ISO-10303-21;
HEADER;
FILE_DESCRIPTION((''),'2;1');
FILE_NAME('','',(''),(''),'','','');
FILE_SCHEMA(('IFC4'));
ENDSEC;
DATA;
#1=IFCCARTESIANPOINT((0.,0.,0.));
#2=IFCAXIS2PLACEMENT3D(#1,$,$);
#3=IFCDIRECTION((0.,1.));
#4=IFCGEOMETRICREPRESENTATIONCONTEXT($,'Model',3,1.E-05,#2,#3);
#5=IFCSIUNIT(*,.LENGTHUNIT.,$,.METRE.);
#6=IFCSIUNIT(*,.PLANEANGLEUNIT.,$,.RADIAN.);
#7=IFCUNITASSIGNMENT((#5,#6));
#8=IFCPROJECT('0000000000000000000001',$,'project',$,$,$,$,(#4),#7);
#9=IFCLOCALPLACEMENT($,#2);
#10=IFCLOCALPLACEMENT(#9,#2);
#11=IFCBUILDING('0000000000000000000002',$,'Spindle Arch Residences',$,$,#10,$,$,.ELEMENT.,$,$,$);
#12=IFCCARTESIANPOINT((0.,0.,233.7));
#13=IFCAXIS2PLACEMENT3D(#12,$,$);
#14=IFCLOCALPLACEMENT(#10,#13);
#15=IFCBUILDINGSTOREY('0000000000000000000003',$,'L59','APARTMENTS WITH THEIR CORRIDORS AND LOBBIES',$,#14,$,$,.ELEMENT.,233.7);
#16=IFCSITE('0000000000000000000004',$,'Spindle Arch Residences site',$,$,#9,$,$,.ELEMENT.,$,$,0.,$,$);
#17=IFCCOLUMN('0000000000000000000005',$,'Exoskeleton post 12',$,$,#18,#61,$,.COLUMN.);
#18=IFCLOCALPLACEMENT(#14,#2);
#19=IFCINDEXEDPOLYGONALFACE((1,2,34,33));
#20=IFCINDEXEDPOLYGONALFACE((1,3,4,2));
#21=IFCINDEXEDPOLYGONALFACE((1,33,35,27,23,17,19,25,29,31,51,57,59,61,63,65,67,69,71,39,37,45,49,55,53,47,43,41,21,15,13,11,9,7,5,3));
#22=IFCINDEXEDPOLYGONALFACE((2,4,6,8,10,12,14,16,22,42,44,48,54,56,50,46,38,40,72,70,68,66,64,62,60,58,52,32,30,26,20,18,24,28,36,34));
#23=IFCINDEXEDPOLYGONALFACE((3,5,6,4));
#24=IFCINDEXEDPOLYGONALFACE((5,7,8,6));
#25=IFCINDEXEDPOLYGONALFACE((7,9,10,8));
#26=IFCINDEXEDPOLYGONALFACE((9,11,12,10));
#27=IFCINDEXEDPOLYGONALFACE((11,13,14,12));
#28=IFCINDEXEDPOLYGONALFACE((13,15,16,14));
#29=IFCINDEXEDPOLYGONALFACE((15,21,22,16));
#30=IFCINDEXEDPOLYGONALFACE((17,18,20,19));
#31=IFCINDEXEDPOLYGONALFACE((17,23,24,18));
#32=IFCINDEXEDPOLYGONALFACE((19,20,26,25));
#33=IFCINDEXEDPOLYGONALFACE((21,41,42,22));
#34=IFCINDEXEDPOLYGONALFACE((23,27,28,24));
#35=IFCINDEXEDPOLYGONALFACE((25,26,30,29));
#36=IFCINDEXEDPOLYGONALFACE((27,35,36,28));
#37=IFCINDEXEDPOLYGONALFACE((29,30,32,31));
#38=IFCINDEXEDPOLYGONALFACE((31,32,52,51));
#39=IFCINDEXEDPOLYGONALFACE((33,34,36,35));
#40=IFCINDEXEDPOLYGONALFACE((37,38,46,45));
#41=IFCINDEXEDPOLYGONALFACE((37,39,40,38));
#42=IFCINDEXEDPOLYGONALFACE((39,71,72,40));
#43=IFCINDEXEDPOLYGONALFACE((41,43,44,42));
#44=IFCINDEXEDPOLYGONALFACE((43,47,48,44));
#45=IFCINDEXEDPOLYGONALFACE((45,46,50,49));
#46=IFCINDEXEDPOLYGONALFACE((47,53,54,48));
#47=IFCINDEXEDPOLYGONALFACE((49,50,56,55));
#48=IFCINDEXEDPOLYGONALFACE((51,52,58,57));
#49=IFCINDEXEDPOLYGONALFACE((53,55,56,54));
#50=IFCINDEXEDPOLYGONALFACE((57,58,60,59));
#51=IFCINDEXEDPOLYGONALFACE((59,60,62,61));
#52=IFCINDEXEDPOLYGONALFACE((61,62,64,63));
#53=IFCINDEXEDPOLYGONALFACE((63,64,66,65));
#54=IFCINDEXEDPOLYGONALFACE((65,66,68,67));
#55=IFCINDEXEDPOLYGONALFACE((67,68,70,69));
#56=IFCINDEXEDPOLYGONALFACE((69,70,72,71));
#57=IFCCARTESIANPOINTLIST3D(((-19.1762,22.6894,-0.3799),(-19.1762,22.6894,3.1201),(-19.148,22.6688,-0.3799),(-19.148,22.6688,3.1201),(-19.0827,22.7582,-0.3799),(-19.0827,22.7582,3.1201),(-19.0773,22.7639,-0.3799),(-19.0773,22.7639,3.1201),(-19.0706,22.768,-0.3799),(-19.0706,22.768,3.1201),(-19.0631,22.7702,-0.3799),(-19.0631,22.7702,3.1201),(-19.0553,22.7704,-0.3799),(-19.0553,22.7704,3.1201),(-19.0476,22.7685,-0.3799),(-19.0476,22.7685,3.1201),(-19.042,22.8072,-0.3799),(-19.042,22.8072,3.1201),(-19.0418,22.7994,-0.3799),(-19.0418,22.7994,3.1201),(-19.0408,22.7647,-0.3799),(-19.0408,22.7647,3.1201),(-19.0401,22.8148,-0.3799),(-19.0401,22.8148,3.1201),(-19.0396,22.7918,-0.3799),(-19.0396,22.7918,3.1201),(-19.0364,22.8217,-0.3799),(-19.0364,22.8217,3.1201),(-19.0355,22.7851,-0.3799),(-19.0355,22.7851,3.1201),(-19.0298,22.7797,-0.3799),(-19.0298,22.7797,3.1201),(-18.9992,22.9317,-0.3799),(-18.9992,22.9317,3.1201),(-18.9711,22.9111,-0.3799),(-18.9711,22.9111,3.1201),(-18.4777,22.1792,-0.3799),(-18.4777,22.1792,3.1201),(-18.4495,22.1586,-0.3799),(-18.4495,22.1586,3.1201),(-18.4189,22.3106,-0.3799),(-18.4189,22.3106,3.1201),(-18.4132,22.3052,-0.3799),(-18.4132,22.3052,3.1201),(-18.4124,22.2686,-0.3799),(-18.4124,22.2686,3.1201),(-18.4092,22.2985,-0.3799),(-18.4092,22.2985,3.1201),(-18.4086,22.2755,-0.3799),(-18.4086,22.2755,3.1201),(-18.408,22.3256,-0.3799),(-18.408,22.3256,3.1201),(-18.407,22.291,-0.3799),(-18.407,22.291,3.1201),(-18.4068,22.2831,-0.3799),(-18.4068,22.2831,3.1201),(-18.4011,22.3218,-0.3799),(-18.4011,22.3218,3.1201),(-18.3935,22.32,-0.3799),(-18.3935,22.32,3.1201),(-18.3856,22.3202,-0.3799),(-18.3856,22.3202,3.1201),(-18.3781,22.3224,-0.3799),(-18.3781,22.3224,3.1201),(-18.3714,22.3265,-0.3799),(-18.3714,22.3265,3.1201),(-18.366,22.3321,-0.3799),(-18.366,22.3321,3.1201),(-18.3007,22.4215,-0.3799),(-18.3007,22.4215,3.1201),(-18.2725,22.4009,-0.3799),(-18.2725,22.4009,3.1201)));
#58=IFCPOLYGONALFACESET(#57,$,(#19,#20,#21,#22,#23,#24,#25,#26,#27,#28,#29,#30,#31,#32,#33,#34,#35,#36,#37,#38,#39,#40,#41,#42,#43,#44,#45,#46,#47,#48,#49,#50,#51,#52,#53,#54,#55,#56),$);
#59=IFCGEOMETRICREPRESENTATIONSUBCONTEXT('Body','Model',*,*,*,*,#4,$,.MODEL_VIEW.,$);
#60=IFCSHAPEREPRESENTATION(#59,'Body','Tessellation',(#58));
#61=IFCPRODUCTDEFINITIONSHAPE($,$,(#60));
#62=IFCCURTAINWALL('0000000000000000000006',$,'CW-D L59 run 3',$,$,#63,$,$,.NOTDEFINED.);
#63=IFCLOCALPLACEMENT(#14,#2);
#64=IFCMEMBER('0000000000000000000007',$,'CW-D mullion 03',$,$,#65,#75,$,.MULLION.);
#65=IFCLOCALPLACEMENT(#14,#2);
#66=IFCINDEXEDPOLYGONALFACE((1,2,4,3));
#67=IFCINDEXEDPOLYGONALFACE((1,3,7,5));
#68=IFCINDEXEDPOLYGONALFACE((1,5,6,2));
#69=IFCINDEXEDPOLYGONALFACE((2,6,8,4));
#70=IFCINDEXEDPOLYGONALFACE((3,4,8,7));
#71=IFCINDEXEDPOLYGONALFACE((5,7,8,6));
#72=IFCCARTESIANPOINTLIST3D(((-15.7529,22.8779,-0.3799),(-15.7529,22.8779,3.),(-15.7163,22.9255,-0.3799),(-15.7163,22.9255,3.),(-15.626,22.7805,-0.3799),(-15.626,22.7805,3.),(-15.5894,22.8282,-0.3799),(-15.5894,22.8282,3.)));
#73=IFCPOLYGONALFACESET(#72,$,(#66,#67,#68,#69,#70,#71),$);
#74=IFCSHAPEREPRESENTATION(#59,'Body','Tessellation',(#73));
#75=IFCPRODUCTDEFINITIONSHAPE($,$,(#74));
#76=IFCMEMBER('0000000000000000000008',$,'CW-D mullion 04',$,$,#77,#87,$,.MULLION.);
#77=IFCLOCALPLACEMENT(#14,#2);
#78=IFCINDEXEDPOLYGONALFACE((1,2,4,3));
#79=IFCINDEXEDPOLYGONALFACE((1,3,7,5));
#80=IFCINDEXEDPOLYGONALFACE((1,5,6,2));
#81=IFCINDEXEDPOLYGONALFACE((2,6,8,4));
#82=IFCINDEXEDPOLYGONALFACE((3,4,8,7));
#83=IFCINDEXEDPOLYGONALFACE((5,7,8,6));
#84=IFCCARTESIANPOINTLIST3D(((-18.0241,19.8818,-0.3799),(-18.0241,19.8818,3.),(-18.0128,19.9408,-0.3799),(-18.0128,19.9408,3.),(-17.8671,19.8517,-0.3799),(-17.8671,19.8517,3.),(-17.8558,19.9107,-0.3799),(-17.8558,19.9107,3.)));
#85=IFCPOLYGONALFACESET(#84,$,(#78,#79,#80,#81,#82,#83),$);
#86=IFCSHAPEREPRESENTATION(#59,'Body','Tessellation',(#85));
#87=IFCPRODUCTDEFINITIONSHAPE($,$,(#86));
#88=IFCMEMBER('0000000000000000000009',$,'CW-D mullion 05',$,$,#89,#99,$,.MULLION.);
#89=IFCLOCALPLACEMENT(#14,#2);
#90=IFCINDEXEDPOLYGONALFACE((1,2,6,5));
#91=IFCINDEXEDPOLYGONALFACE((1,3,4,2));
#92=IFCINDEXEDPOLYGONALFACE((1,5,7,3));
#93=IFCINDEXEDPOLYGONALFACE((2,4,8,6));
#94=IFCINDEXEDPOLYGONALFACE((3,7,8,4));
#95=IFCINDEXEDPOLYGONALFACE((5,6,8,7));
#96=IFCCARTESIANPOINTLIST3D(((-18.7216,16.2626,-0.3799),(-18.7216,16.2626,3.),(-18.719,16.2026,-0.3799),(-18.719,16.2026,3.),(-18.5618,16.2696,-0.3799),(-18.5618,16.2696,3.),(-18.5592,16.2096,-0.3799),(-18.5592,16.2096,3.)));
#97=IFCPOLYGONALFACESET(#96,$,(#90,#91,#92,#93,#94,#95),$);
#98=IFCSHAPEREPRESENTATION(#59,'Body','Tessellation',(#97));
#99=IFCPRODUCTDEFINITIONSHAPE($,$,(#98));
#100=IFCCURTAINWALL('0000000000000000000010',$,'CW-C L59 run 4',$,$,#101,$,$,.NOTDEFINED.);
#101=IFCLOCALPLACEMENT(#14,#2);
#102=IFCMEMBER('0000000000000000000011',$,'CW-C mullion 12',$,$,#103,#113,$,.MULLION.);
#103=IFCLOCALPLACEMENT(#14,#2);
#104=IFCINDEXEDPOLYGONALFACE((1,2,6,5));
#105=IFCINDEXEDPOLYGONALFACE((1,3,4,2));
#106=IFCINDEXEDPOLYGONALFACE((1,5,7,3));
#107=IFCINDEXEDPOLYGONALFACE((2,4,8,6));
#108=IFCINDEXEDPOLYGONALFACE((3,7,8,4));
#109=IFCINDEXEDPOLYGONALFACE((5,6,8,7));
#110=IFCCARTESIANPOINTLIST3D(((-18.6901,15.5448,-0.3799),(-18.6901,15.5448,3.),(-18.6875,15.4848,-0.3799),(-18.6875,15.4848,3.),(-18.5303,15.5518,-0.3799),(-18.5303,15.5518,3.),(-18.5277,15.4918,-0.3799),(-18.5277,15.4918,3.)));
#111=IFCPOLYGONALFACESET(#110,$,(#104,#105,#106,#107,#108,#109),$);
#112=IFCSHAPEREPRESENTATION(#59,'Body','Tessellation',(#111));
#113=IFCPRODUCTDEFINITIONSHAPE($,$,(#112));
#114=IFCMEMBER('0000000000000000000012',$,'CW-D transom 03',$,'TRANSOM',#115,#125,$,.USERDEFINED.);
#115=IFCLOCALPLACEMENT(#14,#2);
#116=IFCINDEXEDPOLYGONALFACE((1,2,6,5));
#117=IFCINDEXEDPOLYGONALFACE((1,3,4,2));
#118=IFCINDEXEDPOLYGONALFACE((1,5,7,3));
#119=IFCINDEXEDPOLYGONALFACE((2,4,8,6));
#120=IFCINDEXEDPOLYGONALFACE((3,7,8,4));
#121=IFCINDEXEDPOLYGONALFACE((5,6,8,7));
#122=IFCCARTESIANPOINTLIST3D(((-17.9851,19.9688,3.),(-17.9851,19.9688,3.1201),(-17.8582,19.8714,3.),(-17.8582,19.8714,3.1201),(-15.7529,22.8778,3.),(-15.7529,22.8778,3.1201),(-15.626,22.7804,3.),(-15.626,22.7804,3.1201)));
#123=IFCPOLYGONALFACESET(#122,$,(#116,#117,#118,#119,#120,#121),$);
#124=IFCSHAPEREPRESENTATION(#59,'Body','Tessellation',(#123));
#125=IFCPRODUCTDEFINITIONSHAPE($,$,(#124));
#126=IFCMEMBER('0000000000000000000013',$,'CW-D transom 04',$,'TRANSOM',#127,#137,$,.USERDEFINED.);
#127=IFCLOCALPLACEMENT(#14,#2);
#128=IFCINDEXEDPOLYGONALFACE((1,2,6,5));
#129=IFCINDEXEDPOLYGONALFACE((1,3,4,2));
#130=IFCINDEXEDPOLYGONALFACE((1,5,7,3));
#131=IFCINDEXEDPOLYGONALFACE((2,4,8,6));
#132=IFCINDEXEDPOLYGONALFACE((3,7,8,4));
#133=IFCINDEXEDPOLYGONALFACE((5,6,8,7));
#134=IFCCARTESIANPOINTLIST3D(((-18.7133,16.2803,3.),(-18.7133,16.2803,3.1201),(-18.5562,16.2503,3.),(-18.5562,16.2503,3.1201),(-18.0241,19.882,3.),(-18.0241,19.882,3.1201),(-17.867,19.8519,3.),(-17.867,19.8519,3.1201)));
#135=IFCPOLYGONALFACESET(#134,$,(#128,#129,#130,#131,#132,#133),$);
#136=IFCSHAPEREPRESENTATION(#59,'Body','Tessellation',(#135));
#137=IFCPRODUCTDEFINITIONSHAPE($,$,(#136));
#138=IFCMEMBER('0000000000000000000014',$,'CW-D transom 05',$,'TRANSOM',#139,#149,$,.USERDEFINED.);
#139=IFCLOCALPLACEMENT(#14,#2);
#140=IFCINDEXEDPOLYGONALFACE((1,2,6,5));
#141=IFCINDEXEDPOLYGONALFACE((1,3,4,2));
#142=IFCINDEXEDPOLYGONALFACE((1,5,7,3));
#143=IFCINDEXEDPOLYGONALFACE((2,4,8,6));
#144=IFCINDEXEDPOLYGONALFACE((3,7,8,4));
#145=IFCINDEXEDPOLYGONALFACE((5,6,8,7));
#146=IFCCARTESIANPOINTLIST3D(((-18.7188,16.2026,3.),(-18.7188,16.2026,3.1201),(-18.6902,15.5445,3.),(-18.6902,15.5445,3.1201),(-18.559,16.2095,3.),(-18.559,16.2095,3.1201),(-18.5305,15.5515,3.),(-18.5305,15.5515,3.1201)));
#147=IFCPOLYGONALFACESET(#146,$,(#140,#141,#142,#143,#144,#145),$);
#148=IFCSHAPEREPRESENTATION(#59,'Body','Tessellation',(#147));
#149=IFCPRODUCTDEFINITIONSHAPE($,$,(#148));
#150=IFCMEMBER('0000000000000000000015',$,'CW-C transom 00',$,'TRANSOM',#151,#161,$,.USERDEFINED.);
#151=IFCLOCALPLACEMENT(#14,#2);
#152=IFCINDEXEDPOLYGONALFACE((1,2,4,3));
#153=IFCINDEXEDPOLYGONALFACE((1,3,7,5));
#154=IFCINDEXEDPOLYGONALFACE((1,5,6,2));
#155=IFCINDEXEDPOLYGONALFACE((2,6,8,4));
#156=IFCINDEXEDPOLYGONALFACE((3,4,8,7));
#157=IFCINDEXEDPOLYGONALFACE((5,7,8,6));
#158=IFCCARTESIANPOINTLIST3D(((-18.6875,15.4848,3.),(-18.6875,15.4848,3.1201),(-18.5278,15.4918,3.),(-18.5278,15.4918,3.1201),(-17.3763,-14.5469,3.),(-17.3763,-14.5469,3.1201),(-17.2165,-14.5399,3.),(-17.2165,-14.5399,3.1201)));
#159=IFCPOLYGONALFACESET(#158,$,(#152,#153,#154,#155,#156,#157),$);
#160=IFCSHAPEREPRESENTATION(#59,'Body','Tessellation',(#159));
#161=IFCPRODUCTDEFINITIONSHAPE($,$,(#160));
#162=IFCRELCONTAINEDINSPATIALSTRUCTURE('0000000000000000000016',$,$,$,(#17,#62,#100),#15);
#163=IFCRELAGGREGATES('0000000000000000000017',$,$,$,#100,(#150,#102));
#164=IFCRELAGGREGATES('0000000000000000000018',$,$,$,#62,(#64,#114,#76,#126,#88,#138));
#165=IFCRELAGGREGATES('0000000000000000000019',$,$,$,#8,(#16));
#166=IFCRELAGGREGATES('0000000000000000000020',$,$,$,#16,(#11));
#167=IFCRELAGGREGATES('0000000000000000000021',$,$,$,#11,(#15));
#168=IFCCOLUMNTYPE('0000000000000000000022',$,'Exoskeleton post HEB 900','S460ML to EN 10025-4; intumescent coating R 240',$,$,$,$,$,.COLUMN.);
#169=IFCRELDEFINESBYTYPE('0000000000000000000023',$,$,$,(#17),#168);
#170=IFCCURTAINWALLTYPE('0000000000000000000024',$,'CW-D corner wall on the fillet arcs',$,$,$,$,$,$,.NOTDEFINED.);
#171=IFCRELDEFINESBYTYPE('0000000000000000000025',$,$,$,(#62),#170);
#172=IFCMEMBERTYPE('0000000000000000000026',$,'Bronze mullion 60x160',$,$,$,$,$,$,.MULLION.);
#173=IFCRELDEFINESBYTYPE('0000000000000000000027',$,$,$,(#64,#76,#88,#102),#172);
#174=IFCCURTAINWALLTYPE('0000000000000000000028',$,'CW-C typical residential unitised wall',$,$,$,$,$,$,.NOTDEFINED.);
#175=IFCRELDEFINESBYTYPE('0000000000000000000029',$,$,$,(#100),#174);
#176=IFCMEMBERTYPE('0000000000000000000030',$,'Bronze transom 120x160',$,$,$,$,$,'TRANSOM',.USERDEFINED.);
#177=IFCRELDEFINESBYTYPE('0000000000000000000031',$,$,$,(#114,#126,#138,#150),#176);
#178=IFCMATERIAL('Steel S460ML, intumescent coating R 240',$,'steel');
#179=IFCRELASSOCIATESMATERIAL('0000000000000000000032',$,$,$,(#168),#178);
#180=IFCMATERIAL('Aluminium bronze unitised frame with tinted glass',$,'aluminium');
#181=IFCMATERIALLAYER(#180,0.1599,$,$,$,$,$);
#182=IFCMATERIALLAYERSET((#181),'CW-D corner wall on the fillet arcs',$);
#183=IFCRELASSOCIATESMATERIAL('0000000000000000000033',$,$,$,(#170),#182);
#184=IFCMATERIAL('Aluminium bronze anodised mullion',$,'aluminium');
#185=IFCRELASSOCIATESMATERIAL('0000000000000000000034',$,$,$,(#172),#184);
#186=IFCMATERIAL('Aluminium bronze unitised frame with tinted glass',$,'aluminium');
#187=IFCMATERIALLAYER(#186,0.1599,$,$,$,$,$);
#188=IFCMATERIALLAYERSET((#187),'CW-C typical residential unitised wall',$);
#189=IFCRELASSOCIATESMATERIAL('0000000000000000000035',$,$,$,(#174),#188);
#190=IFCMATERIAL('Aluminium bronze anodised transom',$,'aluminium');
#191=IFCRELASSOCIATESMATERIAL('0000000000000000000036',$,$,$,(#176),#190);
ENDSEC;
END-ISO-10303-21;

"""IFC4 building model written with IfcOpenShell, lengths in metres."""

from ifc_helpers import new_model, si_unit, direction, frame, origin, origin_2d, place, context, subcontext, project, spatial, rectangle, i_section, extrude, material, layer, layer_set, material_profile, profile_set, type_object, element, aggregate, save


model = new_model("IFC4")

# Units and contexts
model_context = context("Model", 3, precision=1e-05, world=origin(), true_north=direction((0.0, 1.0)))
body_context = subcontext(model_context, "Body", "Model", "MODEL_VIEW")
ifc_project = project(units=[si_unit("LENGTHUNIT", "METRE"), si_unit("PLANEANGLEUNIT", "RADIAN")], contexts=[model_context])

# Site, building, storey
site_placement = place(None, origin())
site = spatial("IfcSite", under=ifc_project, at=site_placement, Name="Spindle Arch Residences site", CompositionType="ELEMENT", RefElevation=0.0)
building_placement = place(site_placement, origin())
building = spatial("IfcBuilding", under=site, at=building_placement, Name="Spindle Arch Residences", CompositionType="ELEMENT")
storey_placement = place(building_placement, frame((0.0, 0.0, 233.7)))
storey = spatial("IfcBuildingStorey", under=building, at=storey_placement, Name="L59", Description="APARTMENTS WITH THEIR CORRIDORS AND LOBBIES", CompositionType="ELEMENT", Elevation=233.7)

# Column
ifc_material_1 = material(Name="Steel S460ML, intumescent coating R 240", Category="steel")
ifc_material_profile_1 = material_profile(ifc_material_1, i_section(OverallWidth=0.3, OverallDepth=0.8999, WebThickness=0.0186, FlangeThickness=0.0349, FilletRadius=0.03, at=origin_2d()), Name="HEB 900")
ifc_profile_set_1 = profile_set([ifc_material_profile_1], Name="Steel S460ML, intumescent coating R 240")
column_type = type_object("IfcColumnType", Name="Exoskeleton post HEB 900", Description="S460ML to EN 10025-4; intumescent coating R 240", PredefinedType="COLUMN", material=ifc_profile_set_1)
column_placement = place(storey_placement, frame((-18.7244, 22.5452, -0.3799), z_axis=(0.0, 0.0, 1.0), x_axis=(0.589781, 0.807563, 0.0)))
element("IfcColumn", 1, at=column_placement, inside=storey, type_object=column_type, Name="Exoskeleton post 12", PredefinedType="COLUMN", context=body_context, shape_type="SweptSolid", body=[
    extrude(i_section(OverallWidth=0.3, OverallDepth=0.8999, WebThickness=0.0186, FlangeThickness=0.0349, FilletRadius=0.03, at=origin_2d()), origin(), (0.0, 0.0, 1.0), 3.5),
])

# Curtain wall, members
ifc_material_2 = material(Name="Aluminium bronze unitised frame with tinted glass", Category="aluminium")
ifc_layer_1 = layer(ifc_material_2, 0.1599)
ifc_layer_set_1 = layer_set([ifc_layer_1], Name="CW-D corner wall on the fillet arcs")
curtain_wall_type_1 = type_object("IfcCurtainWallType", Name="CW-D corner wall on the fillet arcs", PredefinedType="NOTDEFINED", material=ifc_layer_set_1)
curtain_wall_1_placement = place(storey_placement, origin())
curtain_wall_1 = element("IfcCurtainWall", 2, at=curtain_wall_1_placement, inside=storey, type_object=curtain_wall_type_1, Name="CW-D L59 run 3", PredefinedType="NOTDEFINED")
ifc_material_3 = material(Name="Aluminium bronze anodised mullion", Category="aluminium")
ifc_material_profile_2 = material_profile(ifc_material_3, rectangle(XDim=0.1599, YDim=0.0601, at=origin_2d()), Name="MU 60x160")
ifc_profile_set_2 = profile_set([ifc_material_profile_2], Name="Aluminium bronze anodised mullion")
member_type_1 = type_object("IfcMemberType", Name="Bronze mullion 60x160", PredefinedType="MULLION", material=ifc_profile_set_2)
member_1_placement = place(storey_placement, frame((-15.6711, 22.853, -0.3799), z_axis=(0.0, 0.0, 1.0), x_axis=(0.793353, -0.608761, 0.0)))
member_1 = element("IfcMember", 3, at=member_1_placement, type_object=member_type_1, Name="CW-D mullion 03", PredefinedType="MULLION", context=body_context, shape_type="SweptSolid", body=[
    extrude(rectangle(XDim=0.1599, YDim=0.0601, at=origin_2d()), origin(), (0.0, 0.0, 1.0), 3.3799),
])
member_2_placement = place(storey_placement, frame((-17.9399, 19.8962, -0.3799), z_axis=(0.0, 0.0, 1.0), x_axis=(0.982178, -0.187953, 0.0)))
member_2 = element("IfcMember", 4, at=member_2_placement, type_object=member_type_1, Name="CW-D mullion 04", PredefinedType="MULLION", context=body_context, shape_type="SweptSolid", body=[
    extrude(rectangle(XDim=0.1599, YDim=0.0601, at=origin_2d()), origin(), (0.0, 0.0, 1.0), 3.3799),
])
member_3_placement = place(storey_placement, frame((-18.6404, 16.2361, -0.3799), z_axis=(0.0, 0.0, 1.0), x_axis=(0.999048, 0.043619, 0.0)))
member_3 = element("IfcMember", 5, at=member_3_placement, type_object=member_type_1, Name="CW-D mullion 05", PredefinedType="MULLION", context=body_context, shape_type="SweptSolid", body=[
    extrude(rectangle(XDim=0.1599, YDim=0.0601, at=origin_2d()), origin(), (0.0, 0.0, 1.0), 3.3799),
])

# Curtain wall, member
ifc_material_4 = material(Name="Aluminium bronze unitised frame with tinted glass", Category="aluminium")
ifc_layer_2 = layer(ifc_material_4, 0.1599)
ifc_layer_set_2 = layer_set([ifc_layer_2], Name="CW-C typical residential unitised wall")
curtain_wall_type_2 = type_object("IfcCurtainWallType", Name="CW-C typical residential unitised wall", PredefinedType="NOTDEFINED", material=ifc_layer_set_2)
curtain_wall_2_placement = place(storey_placement, origin())
curtain_wall_2 = element("IfcCurtainWall", 6, at=curtain_wall_2_placement, inside=storey, type_object=curtain_wall_type_2, Name="CW-C L59 run 4", PredefinedType="NOTDEFINED")
member_4_placement = place(storey_placement, frame((-18.6089, 15.5183, -0.3799), z_axis=(0.0, 0.0, 1.0), x_axis=(0.999048, 0.043619, 0.0)))
member_4 = element("IfcMember", 7, at=member_4_placement, type_object=member_type_1, Name="CW-C mullion 12", PredefinedType="MULLION", context=body_context, shape_type="SweptSolid", body=[
    extrude(rectangle(XDim=0.1599, YDim=0.0601, at=origin_2d()), origin(), (0.0, 0.0, 1.0), 3.3799),
])

# Members
ifc_material_5 = material(Name="Aluminium bronze anodised transom", Category="aluminium")
ifc_material_profile_3 = material_profile(ifc_material_5, rectangle(XDim=0.1599, YDim=0.1201, at=origin_2d()), Name="TR 120x160")
ifc_profile_set_3 = profile_set([ifc_material_profile_3], Name="Aluminium bronze anodised transom")
member_type_2 = type_object("IfcMemberType", Name="Bronze transom 120x160", ElementType="TRANSOM", PredefinedType="USERDEFINED", material=ifc_profile_set_3)
member_5_placement = place(storey_placement, frame((-15.6895, 22.8291, 3.0601), z_axis=(-0.608774, -0.793344, 0.0), x_axis=(0.793344, -0.608774, 0.0)))
member_5 = element("IfcMember", 8, at=member_5_placement, type_object=member_type_2, Name="CW-D transom 03", ObjectType="TRANSOM", PredefinedType="USERDEFINED", context=body_context, shape_type="SweptSolid", body=[
    extrude(rectangle(XDim=0.1599, YDim=0.1201, at=origin_2d()), origin(), (0.0, 0.0, 1.0), 3.6667),
])
member_6_placement = place(storey_placement, frame((-17.9456, 19.8669, 3.0601), z_axis=(-0.187953, -0.982178, 0.0), x_axis=(0.982178, -0.187953, 0.0)))
member_6 = element("IfcMember", 9, at=member_6_placement, type_object=member_type_2, Name="CW-D transom 04", ObjectType="TRANSOM", PredefinedType="USERDEFINED", context=body_context, shape_type="SweptSolid", body=[
    extrude(rectangle(XDim=0.1599, YDim=0.1201, at=origin_2d()), origin(), (0.0, 0.0, 1.0), 3.667),
])
member_7_placement = place(storey_placement, frame((-18.6389, 16.2061, 3.0601), z_axis=(0.043373, -0.999059, 0.0), x_axis=(0.999059, 0.043373, 0.0)))
member_7 = element("IfcMember", 10, at=member_7_placement, type_object=member_type_2, Name="CW-D transom 05", ObjectType="TRANSOM", PredefinedType="USERDEFINED", context=body_context, shape_type="SweptSolid", body=[
    extrude(rectangle(XDim=0.1599, YDim=0.1201, at=origin_2d()), origin(), (0.0, 0.0, 1.0), 0.6587),
])
member_8_placement = place(storey_placement, frame((-18.6077, 15.4883, 3.0601), z_axis=(0.043622, -0.999048, 0.0), x_axis=(0.999048, 0.043622, 0.0)))
member_8 = element("IfcMember", 11, at=member_8_placement, type_object=member_type_2, Name="CW-C transom 00", ObjectType="TRANSOM", PredefinedType="USERDEFINED", context=body_context, shape_type="SweptSolid", body=[
    extrude(rectangle(XDim=0.1599, YDim=0.1201, at=origin_2d()), origin(), (0.0, 0.0, 1.0), 30.0603),
])
aggregate(curtain_wall_2, [member_8, member_4])

aggregate(curtain_wall_1, [member_1, member_5, member_2, member_6, member_3, member_7])

save(model, "model.ifc")
